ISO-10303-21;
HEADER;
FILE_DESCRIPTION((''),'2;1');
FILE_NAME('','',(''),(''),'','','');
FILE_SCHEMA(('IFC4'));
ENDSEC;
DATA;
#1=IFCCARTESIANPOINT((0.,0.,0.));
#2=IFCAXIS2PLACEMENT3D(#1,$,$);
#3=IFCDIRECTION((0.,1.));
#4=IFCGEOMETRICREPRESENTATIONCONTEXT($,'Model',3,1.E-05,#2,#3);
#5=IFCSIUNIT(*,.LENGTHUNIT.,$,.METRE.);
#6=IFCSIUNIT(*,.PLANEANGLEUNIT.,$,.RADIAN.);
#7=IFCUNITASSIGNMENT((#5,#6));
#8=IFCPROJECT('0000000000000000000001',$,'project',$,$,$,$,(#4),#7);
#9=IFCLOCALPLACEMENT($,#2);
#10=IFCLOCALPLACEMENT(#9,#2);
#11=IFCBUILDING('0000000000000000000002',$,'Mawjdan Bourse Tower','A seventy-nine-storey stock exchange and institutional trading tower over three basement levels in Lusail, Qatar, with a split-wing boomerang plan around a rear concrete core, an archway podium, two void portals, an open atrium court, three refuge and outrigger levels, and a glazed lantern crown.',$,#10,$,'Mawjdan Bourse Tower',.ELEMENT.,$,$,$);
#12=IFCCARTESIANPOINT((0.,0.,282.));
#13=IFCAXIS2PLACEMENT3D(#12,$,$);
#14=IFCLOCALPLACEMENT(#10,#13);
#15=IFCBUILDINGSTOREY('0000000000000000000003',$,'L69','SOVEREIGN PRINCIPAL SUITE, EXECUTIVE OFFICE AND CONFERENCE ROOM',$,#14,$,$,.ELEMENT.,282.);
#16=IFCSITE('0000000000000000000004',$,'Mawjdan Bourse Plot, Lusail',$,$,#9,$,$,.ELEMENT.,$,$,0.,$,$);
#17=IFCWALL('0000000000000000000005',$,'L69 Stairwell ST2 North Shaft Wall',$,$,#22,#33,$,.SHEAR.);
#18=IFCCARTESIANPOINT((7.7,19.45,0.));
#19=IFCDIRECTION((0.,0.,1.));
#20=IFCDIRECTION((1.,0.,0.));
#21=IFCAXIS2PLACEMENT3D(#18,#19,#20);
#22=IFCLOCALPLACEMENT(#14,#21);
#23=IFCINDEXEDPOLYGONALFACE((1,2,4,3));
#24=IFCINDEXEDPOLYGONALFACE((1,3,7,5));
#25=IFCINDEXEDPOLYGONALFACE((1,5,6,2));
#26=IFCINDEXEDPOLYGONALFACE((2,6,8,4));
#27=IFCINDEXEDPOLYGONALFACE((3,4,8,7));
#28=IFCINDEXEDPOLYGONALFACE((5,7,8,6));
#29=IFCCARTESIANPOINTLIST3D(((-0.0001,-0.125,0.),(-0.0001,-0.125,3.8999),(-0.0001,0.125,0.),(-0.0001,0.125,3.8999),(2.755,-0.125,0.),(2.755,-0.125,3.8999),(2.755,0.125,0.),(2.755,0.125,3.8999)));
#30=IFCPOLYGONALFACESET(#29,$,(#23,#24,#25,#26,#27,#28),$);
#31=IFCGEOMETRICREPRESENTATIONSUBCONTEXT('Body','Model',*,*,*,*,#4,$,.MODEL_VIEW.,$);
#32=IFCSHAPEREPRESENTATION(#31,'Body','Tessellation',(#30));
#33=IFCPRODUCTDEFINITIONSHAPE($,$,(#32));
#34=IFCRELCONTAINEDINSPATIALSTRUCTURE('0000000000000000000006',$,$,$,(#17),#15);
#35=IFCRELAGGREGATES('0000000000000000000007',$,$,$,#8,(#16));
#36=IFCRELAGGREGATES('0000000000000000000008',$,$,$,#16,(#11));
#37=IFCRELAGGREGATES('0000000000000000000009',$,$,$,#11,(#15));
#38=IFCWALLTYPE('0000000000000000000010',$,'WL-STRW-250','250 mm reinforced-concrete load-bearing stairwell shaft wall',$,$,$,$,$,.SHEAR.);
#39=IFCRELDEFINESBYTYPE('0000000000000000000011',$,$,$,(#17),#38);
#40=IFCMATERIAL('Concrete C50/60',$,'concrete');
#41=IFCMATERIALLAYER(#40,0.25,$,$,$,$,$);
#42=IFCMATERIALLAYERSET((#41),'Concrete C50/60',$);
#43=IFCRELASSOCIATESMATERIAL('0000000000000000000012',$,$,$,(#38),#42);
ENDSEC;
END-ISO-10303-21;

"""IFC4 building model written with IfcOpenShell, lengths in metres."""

from ifc_helpers import new_model, si_unit, direction, frame, frame_2d, origin, place, context, subcontext, project, spatial, rectangle, extrude, material, layer, layer_set, type_object, element, save


model = new_model("IFC4")

# Units and contexts
model_context = context("Model", 3, precision=1e-05, world=origin(), true_north=direction((0.0, 1.0)))
body_context = subcontext(model_context, "Body", "Model", "MODEL_VIEW")
ifc_project = project(units=[si_unit("LENGTHUNIT", "METRE"), si_unit("PLANEANGLEUNIT", "RADIAN")], contexts=[model_context])

# Site, building, storey
site_placement = place(None, origin())
site = spatial("IfcSite", under=ifc_project, at=site_placement, Name="Mawjdan Bourse Plot, Lusail", CompositionType="ELEMENT", RefElevation=0.0)
building_placement = place(site_placement, origin())
building = spatial("IfcBuilding", under=site, at=building_placement, Name="Mawjdan Bourse Tower", Description="A seventy-nine-storey stock exchange and institutional trading tower over three basement levels in Lusail, Qatar, with a split-wing boomerang plan around a rear concrete core, an archway podium, two void portals, an open atrium court, three refuge and outrigger levels, and a glazed lantern crown.", LongName="Mawjdan Bourse Tower", CompositionType="ELEMENT")
storey_placement = place(building_placement, frame((0.0, 0.0, 282.0)))
storey = spatial("IfcBuildingStorey", under=building, at=storey_placement, Name="L69", Description="SOVEREIGN PRINCIPAL SUITE, EXECUTIVE OFFICE AND CONFERENCE ROOM", CompositionType="ELEMENT", Elevation=282.0)

# Wall
ifc_material_1 = material(Name="Concrete C50/60", Category="concrete")
ifc_layer_1 = layer(ifc_material_1, 0.25)
ifc_layer_set_1 = layer_set([ifc_layer_1], Name="Concrete C50/60")
wall_type_1 = type_object("IfcWallType", Name="WL-STRW-250", Description="250 mm reinforced-concrete load-bearing stairwell shaft wall", PredefinedType="SHEAR", material=ifc_layer_set_1)
wall_1_placement = place(storey_placement, frame((7.7, 19.45, 0.0), z_axis=(0.0, 0.0, 1.0), x_axis=(1.0, 0.0, 0.0)))
element("IfcWall", 1, at=wall_1_placement, inside=storey, type_object=wall_type_1, Name="L69 Stairwell ST2 North Shaft Wall", PredefinedType="SHEAR", context=body_context, shape_type="SweptSolid", body=[
    extrude(rectangle(XDim=2.7551, YDim=0.25, at=frame_2d((1.3774, 0.0))), origin(), (0.0, 0.0, 1.0), 3.8999),
])

save(model, "model.ifc")
